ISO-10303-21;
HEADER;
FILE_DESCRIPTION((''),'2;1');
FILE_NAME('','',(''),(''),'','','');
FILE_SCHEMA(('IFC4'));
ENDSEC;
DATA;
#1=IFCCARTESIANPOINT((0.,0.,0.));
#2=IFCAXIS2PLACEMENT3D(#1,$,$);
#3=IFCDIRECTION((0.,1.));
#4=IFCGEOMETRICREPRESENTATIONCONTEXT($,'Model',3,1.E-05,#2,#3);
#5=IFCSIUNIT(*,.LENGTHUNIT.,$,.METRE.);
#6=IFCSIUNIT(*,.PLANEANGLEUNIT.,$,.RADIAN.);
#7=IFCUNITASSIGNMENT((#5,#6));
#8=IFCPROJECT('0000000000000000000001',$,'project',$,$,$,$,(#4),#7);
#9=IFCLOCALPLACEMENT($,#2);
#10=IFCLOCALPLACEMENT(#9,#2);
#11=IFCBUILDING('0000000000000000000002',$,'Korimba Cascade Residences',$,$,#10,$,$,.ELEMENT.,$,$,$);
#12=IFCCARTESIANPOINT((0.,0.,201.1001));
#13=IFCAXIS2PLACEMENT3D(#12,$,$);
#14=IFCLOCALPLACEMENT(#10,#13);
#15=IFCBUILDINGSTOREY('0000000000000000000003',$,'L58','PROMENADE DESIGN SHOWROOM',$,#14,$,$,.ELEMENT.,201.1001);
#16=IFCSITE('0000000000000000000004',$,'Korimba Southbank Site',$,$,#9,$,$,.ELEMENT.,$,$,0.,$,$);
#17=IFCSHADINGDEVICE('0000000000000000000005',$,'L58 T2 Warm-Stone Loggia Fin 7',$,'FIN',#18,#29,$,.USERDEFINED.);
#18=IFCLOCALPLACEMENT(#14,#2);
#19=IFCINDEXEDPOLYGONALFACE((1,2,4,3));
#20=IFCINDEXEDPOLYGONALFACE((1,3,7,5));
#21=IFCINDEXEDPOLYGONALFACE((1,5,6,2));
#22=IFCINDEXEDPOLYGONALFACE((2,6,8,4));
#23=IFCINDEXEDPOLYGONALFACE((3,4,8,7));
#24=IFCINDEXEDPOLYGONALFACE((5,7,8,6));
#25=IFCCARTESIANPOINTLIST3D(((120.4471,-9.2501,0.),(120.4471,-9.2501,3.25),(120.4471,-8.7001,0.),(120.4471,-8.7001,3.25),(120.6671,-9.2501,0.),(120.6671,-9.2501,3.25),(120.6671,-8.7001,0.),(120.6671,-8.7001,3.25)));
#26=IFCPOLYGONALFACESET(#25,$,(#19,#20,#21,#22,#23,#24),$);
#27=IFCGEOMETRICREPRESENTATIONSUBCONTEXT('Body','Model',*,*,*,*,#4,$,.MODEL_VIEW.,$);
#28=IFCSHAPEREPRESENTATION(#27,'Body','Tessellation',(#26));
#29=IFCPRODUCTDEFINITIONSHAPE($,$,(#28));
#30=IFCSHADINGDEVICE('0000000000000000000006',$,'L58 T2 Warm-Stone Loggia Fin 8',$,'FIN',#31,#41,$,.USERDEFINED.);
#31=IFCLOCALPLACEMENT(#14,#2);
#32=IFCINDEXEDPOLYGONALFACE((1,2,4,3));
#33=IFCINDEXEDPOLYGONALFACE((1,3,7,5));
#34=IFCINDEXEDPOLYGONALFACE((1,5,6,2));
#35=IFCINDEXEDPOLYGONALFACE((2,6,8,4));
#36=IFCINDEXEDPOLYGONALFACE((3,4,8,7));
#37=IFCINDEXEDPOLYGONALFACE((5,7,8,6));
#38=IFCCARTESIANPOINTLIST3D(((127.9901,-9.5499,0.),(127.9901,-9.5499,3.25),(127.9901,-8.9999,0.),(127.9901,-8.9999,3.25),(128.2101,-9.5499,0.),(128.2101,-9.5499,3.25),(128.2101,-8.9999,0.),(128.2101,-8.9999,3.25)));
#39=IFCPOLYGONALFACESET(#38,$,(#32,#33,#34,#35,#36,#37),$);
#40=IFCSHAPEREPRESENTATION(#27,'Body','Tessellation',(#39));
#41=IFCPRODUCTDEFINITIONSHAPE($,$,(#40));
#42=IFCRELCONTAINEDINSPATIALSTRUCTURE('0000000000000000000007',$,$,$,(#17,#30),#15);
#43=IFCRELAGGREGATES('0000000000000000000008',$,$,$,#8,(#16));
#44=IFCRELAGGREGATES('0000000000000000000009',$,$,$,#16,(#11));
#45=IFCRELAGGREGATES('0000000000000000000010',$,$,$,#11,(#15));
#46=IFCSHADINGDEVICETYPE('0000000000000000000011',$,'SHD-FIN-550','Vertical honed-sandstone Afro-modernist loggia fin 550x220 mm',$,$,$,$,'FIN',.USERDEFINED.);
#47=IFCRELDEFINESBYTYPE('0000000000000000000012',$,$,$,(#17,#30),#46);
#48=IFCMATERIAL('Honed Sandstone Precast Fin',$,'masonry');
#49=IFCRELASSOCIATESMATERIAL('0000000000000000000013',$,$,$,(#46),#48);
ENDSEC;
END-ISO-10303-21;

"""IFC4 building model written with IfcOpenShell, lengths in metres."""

from ifc_helpers import new_model, si_unit, direction, frame, origin, origin_2d, place, context, subcontext, project, spatial, rectangle, extrude, material, type_object, element, save


model = new_model("IFC4")

# Units and contexts
model_context = context("Model", 3, precision=1e-05, world=origin(), true_north=direction((0.0, 1.0)))
body_context = subcontext(model_context, "Body", "Model", "MODEL_VIEW")
ifc_project = project(units=[si_unit("LENGTHUNIT", "METRE"), si_unit("PLANEANGLEUNIT", "RADIAN")], contexts=[model_context])

# Site, building, storey
site_placement = place(None, origin())
site = spatial("IfcSite", under=ifc_project, at=site_placement, Name="Korimba Southbank Site", CompositionType="ELEMENT", RefElevation=0.0)
building_placement = place(site_placement, origin())
building = spatial("IfcBuilding", under=site, at=building_placement, Name="Korimba Cascade Residences", CompositionType="ELEMENT")
storey_placement = place(building_placement, frame((0.0, 0.0, 201.1001)))
storey = spatial("IfcBuildingStorey", under=building, at=storey_placement, Name="L58", Description="PROMENADE DESIGN SHOWROOM", CompositionType="ELEMENT", Elevation=201.1001)

# Shading devices
ifc_material_1 = material(Name="Honed Sandstone Precast Fin", Category="masonry")
shading_device_type = type_object("IfcShadingDeviceType", Name="SHD-FIN-550", Description="Vertical honed-sandstone Afro-modernist loggia fin 550x220 mm", ElementType="FIN", PredefinedType="USERDEFINED", material=ifc_material_1)
for number, where, z_axis, x_axis, name in (
    (1, (120.5571, -8.9751, 0.0), (0.0, 0.0, 1.0), (1.0, 0.0, 0.0), "L58 T2 Warm-Stone Loggia Fin 7"),
    (2, (128.1001, -9.2749, 0.0), (0.0, 0.0, 1.0), (1.0, 0.0, 0.0), "L58 T2 Warm-Stone Loggia Fin 8"),
):
    element("IfcShadingDevice", number, at=place(storey_placement, frame(where, z_axis=z_axis, x_axis=x_axis)), inside=storey, type_object=shading_device_type, Name=name, ObjectType="FIN", PredefinedType="USERDEFINED", context=body_context, shape_type="SweptSolid", body=[
        extrude(rectangle(XDim=0.22, YDim=0.55, at=origin_2d()), origin(), (0.0, 0.0, 1.0), 3.25),
    ])

save(model, "model.ifc")
